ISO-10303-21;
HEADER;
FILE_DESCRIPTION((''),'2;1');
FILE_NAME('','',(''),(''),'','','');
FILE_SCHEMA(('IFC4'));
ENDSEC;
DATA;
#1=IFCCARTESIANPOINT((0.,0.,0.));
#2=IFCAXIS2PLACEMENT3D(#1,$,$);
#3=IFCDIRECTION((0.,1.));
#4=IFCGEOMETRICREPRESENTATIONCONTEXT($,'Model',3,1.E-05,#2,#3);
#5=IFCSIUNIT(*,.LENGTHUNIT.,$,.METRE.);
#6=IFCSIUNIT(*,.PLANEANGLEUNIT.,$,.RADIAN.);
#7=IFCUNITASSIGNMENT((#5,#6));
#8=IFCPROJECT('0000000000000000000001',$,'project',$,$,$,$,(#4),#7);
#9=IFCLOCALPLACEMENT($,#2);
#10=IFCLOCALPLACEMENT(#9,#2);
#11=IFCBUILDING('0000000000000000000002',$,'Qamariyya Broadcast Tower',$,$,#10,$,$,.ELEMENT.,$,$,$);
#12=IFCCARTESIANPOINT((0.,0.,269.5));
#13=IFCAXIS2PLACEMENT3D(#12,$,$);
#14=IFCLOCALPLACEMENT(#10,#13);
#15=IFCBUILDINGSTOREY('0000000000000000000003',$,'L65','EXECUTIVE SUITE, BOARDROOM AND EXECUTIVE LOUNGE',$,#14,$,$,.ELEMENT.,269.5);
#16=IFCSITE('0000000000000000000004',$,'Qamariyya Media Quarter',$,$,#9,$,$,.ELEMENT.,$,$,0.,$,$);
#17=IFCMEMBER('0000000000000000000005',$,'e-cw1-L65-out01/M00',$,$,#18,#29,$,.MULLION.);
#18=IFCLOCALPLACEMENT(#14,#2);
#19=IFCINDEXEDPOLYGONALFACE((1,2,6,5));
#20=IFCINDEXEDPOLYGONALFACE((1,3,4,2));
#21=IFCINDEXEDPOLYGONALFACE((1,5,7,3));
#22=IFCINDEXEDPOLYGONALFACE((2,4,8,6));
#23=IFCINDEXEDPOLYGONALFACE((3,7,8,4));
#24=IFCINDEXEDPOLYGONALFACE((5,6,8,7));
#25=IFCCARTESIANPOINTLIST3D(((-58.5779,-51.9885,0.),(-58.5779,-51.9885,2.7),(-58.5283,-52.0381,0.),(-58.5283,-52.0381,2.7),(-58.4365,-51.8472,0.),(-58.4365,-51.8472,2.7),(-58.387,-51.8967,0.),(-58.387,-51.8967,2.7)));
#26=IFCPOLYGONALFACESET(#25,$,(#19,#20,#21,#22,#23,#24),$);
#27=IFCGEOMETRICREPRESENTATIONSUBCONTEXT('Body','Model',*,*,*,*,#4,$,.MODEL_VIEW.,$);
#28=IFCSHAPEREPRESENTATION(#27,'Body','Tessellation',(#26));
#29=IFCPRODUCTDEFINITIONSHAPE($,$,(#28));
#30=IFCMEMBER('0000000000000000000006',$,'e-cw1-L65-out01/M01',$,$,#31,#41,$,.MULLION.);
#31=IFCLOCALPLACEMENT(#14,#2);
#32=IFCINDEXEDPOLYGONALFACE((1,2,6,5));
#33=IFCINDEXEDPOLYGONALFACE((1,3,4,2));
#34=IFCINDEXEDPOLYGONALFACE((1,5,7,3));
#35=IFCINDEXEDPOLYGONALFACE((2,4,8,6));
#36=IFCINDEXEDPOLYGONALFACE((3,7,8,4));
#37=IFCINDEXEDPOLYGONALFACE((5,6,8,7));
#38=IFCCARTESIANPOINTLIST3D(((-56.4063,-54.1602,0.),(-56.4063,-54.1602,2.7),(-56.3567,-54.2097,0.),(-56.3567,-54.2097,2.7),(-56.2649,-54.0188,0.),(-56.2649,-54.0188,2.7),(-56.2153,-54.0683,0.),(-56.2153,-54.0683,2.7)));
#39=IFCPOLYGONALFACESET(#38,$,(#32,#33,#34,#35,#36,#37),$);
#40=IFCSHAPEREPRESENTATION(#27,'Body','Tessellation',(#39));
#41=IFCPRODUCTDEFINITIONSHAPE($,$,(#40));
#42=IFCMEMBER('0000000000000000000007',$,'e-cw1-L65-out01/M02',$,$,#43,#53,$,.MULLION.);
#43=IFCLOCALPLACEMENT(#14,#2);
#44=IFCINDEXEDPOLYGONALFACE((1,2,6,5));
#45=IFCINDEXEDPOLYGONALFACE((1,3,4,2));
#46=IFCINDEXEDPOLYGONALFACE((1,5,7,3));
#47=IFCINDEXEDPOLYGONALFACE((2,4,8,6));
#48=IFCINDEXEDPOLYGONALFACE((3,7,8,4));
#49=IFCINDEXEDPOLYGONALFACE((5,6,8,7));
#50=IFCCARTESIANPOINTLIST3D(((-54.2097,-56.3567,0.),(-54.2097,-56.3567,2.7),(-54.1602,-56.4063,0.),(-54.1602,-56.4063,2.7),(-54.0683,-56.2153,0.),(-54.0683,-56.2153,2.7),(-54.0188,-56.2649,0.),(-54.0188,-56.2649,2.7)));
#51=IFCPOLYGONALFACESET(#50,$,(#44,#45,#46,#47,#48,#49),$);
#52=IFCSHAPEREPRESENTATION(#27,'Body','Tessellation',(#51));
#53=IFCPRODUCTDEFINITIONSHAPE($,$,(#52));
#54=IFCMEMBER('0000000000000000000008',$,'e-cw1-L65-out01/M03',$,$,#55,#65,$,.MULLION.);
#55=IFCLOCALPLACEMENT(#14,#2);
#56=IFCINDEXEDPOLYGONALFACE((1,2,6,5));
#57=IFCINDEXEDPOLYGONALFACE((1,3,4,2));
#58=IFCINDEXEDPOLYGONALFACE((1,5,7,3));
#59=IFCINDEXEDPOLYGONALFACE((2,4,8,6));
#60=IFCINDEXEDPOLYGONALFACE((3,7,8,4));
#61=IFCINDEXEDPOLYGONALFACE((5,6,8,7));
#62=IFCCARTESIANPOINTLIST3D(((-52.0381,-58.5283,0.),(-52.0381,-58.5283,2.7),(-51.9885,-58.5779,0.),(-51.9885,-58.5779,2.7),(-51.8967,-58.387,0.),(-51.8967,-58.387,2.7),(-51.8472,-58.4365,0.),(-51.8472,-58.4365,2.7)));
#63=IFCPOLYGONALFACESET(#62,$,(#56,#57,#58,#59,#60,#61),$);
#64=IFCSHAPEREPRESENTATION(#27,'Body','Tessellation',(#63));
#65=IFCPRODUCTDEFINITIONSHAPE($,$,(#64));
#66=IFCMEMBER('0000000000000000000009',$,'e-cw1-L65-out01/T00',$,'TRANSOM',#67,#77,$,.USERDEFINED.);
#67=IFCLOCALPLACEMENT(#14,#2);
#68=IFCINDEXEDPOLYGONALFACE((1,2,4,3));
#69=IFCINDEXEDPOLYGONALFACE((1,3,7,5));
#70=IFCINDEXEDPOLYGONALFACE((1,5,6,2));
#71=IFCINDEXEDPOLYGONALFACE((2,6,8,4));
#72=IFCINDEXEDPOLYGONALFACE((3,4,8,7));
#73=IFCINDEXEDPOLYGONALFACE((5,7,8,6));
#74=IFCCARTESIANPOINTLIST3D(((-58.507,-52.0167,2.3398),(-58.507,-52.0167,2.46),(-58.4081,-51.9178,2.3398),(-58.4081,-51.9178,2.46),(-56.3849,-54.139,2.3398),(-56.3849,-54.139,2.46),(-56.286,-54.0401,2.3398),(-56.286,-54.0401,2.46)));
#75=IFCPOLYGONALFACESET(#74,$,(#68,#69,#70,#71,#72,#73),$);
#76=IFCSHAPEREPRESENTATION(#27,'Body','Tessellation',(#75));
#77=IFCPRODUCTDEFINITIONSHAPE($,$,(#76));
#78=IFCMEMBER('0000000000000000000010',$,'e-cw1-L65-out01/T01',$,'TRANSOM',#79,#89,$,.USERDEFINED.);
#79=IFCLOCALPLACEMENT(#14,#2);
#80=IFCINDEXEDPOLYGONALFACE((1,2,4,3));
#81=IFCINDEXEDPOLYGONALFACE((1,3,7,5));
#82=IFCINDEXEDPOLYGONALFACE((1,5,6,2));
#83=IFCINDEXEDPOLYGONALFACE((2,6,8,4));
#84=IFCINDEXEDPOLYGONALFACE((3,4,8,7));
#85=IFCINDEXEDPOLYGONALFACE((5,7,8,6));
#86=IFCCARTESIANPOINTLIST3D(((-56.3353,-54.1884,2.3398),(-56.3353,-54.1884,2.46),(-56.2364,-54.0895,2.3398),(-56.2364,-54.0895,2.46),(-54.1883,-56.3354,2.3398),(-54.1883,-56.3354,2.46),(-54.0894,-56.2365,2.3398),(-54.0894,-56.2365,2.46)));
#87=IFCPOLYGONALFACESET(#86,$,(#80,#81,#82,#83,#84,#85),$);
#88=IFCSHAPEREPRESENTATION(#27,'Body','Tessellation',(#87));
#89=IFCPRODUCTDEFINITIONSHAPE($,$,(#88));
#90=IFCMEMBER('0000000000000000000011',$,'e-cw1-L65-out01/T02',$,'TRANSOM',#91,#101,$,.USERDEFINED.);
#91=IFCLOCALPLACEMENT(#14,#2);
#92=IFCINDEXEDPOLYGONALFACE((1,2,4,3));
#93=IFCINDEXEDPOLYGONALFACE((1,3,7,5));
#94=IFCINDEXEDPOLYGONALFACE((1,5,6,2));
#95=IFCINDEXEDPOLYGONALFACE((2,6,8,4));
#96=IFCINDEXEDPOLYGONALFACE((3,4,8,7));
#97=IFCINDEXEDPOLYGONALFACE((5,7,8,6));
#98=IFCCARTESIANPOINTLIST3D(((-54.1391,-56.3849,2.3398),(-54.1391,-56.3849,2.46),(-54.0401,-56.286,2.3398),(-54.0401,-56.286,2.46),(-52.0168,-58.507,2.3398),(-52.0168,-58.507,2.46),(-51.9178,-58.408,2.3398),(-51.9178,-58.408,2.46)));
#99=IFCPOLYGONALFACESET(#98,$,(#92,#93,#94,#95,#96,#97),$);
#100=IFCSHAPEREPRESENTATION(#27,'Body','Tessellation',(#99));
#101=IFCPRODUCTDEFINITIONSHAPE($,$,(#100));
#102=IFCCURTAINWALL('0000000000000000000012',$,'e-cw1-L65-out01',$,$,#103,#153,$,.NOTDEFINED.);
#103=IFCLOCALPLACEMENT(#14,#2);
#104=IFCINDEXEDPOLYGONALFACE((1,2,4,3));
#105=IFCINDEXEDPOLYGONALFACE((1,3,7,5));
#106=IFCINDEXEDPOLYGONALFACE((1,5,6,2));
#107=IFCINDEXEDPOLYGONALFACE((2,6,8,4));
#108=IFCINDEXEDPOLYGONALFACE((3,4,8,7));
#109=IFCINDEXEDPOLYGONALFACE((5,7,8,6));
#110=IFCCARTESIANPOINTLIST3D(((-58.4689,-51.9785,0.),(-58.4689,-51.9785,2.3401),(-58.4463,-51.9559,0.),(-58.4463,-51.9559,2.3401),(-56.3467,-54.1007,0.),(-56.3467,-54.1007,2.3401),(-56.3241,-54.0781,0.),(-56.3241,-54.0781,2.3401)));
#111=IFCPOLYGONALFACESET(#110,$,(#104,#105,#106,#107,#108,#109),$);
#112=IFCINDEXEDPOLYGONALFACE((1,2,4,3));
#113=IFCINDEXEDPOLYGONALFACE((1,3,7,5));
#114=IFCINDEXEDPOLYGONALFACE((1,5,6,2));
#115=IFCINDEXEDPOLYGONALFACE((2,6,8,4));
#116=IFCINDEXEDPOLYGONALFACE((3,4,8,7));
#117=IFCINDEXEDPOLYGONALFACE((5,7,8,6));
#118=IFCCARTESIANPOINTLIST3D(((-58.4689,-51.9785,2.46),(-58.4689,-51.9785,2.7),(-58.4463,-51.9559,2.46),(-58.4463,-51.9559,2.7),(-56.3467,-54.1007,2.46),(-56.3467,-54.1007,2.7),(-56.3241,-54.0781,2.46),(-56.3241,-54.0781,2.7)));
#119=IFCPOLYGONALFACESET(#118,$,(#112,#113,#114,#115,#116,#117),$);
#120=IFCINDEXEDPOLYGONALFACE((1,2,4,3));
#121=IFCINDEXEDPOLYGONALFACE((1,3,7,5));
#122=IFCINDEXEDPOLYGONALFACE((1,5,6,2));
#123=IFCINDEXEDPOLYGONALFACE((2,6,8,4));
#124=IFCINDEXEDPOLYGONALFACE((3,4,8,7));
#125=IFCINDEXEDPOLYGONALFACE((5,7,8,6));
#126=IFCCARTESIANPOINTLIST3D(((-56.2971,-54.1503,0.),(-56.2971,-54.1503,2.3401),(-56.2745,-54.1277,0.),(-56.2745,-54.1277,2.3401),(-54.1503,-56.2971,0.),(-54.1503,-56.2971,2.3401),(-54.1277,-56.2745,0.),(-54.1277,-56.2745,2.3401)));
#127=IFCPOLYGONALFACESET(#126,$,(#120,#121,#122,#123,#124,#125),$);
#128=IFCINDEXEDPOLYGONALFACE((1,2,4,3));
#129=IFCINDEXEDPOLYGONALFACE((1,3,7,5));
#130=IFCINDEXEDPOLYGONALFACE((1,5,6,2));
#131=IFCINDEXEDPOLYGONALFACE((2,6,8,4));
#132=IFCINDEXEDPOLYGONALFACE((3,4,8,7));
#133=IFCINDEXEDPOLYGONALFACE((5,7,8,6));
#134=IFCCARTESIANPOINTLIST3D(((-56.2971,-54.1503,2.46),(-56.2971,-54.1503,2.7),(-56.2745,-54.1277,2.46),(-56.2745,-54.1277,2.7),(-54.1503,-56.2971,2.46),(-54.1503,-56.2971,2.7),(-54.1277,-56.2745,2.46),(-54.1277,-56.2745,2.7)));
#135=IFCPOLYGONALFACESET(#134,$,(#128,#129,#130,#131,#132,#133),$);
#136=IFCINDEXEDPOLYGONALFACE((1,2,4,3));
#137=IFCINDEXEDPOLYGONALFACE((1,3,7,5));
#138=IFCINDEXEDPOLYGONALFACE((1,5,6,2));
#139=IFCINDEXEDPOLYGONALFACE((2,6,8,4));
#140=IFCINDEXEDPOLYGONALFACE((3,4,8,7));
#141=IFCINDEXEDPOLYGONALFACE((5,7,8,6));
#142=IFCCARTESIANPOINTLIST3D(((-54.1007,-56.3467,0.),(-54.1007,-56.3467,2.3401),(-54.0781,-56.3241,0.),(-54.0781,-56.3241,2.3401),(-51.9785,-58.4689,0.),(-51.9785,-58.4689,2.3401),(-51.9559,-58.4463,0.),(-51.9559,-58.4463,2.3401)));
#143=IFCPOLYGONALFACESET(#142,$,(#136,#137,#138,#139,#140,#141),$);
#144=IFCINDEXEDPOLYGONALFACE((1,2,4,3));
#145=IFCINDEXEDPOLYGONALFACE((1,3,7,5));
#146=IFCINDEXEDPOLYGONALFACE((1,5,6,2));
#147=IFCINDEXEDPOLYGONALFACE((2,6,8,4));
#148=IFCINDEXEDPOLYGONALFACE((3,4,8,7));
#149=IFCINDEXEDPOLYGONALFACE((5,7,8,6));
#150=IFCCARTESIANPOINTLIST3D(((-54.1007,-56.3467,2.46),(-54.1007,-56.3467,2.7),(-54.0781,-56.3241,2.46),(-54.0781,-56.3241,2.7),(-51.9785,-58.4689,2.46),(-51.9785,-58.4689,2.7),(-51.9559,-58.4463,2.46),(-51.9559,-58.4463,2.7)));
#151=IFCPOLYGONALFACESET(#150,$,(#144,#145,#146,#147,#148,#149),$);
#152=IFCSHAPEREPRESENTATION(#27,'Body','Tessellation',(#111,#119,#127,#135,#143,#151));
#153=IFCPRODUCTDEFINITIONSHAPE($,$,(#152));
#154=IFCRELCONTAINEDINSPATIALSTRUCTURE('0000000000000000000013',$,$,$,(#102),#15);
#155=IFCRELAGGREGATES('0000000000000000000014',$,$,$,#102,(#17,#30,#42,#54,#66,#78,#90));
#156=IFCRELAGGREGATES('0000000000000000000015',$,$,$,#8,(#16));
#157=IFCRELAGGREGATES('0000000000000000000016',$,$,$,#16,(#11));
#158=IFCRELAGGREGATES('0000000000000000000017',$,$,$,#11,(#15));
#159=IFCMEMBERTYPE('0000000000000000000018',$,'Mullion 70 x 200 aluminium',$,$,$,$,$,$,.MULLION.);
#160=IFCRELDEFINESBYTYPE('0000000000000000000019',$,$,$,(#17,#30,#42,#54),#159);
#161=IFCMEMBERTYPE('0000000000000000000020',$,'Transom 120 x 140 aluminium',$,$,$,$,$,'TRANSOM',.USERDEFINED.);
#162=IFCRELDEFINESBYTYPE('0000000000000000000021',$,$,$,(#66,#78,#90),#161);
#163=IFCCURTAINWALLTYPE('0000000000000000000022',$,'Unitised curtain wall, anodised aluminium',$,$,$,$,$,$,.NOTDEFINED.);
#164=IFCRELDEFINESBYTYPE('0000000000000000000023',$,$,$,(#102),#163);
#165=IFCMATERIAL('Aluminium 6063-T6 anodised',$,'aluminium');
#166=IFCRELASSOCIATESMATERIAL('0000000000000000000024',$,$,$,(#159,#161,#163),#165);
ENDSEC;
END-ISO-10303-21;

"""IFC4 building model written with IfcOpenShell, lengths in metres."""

from ifc_helpers import new_model, si_unit, direction, frame, origin, origin_2d, place, context, subcontext, project, spatial, rectangle, extrude, material, material_profile, profile_set, type_object, element, aggregate, save


model = new_model("IFC4")

# Units and contexts
model_context = context("Model", 3, precision=1e-05, world=origin(), true_north=direction((0.0, 1.0)))
body_context = subcontext(model_context, "Body", "Model", "MODEL_VIEW")
ifc_project = project(units=[si_unit("LENGTHUNIT", "METRE"), si_unit("PLANEANGLEUNIT", "RADIAN")], contexts=[model_context])

# Members
ifc_material_1 = material(Name="Aluminium 6063-T6 anodised", Category="aluminium")
ifc_material_profile_1 = material_profile(ifc_material_1, rectangle(XDim=0.2, YDim=0.0701, at=origin_2d()))
ifc_profile_set_1 = profile_set([ifc_material_profile_1], Name="Aluminium 6063-T6 anodised")
member_type_1 = type_object("IfcMemberType", Name="Mullion 70 x 200 aluminium", PredefinedType="MULLION", material=ifc_profile_set_1)
site_placement = place(None, origin())
building_placement = place(site_placement, origin())
storey_placement = place(building_placement, frame((0.0, 0.0, 269.5)))
member_1_placement = place(storey_placement, frame((-58.4824, -51.9426, 0.0), z_axis=(0.0, 0.0, 1.0), x_axis=(0.707107, 0.707107, 0.0)))
member_1 = element("IfcMember", 1, at=member_1_placement, type_object=member_type_1, Name="e-cw1-L65-out01/M00", PredefinedType="MULLION", context=body_context, shape_type="SweptSolid", body=[
    extrude(rectangle(XDim=0.2, YDim=0.0701, at=origin_2d()), origin(), (0.0, 0.0, 1.0), 2.7),
])
member_2_placement = place(storey_placement, frame((-56.3108, -54.1143, 0.0), z_axis=(0.0, 0.0, 1.0), x_axis=(0.707107, 0.707107, 0.0)))
member_2 = element("IfcMember", 2, at=member_2_placement, type_object=member_type_1, Name="e-cw1-L65-out01/M01", PredefinedType="MULLION", context=body_context, shape_type="SweptSolid", body=[
    extrude(rectangle(XDim=0.2, YDim=0.0701, at=origin_2d()), origin(), (0.0, 0.0, 1.0), 2.7),
])
member_3_placement = place(storey_placement, frame((-54.1143, -56.3108, 0.0), z_axis=(0.0, 0.0, 1.0), x_axis=(0.707107, 0.707107, 0.0)))
member_3 = element("IfcMember", 3, at=member_3_placement, type_object=member_type_1, Name="e-cw1-L65-out01/M02", PredefinedType="MULLION", context=body_context, shape_type="SweptSolid", body=[
    extrude(rectangle(XDim=0.2, YDim=0.0701, at=origin_2d()), origin(), (0.0, 0.0, 1.0), 2.7),
])
member_4_placement = place(storey_placement, frame((-51.9426, -58.4824, 0.0), z_axis=(0.0, 0.0, 1.0), x_axis=(0.707107, 0.707107, 0.0)))
member_4 = element("IfcMember", 4, at=member_4_placement, type_object=member_type_1, Name="e-cw1-L65-out01/M03", PredefinedType="MULLION", context=body_context, shape_type="SweptSolid", body=[
    extrude(rectangle(XDim=0.2, YDim=0.0701, at=origin_2d()), origin(), (0.0, 0.0, 1.0), 2.7),
])
ifc_material_profile_2 = material_profile(ifc_material_1, rectangle(XDim=0.1399, YDim=0.1201, at=origin_2d()))
ifc_profile_set_2 = profile_set([ifc_material_profile_2], Name="Aluminium 6063-T6 anodised")
member_type_2 = type_object("IfcMemberType", Name="Transom 120 x 140 aluminium", ElementType="TRANSOM", PredefinedType="USERDEFINED", material=ifc_profile_set_2)
member_5_placement = place(storey_placement, frame((-58.4575, -51.9673, 2.3999), z_axis=(0.707066, -0.707147, 0.0), x_axis=(0.707147, 0.707066, 0.0)))
member_5 = element("IfcMember", 5, at=member_5_placement, type_object=member_type_2, Name="e-cw1-L65-out01/T00", ObjectType="TRANSOM", PredefinedType="USERDEFINED", context=body_context, shape_type="SweptSolid", body=[
    extrude(rectangle(XDim=0.1399, YDim=0.1201, at=origin_2d()), origin(), (0.0, 0.0, 1.0), 3.0012),
])
member_6_placement = place(storey_placement, frame((-56.2859, -54.1389, 2.3999), z_axis=(0.707107, -0.707107, 0.0), x_axis=(0.707107, 0.707107, 0.0)))
member_6 = element("IfcMember", 6, at=member_6_placement, type_object=member_type_2, Name="e-cw1-L65-out01/T01", ObjectType="TRANSOM", PredefinedType="USERDEFINED", context=body_context, shape_type="SweptSolid", body=[
    extrude(rectangle(XDim=0.1399, YDim=0.1201, at=origin_2d()), origin(), (0.0, 0.0, 1.0), 3.0364),
])
member_7_placement = place(storey_placement, frame((-54.0896, -56.3354, 2.3999), z_axis=(0.707147, -0.707066, 0.0), x_axis=(0.707066, 0.707147, 0.0)))
member_7 = element("IfcMember", 7, at=member_7_placement, type_object=member_type_2, Name="e-cw1-L65-out01/T02", ObjectType="TRANSOM", PredefinedType="USERDEFINED", context=body_context, shape_type="SweptSolid", body=[
    extrude(rectangle(XDim=0.1399, YDim=0.1201, at=origin_2d()), origin(), (0.0, 0.0, 1.0), 3.0012),
])

# Site, building, storey
site = spatial("IfcSite", under=ifc_project, at=site_placement, Name="Qamariyya Media Quarter", CompositionType="ELEMENT", RefElevation=0.0)
building = spatial("IfcBuilding", under=site, at=building_placement, Name="Qamariyya Broadcast Tower", CompositionType="ELEMENT")
storey = spatial("IfcBuildingStorey", under=building, at=storey_placement, Name="L65", Description="EXECUTIVE SUITE, BOARDROOM AND EXECUTIVE LOUNGE", CompositionType="ELEMENT", Elevation=269.5)

# Curtain wall
curtain_wall_type = type_object("IfcCurtainWallType", Name="Unitised curtain wall, anodised aluminium", PredefinedType="NOTDEFINED", material=ifc_material_1)
curtain_wall_1_placement = place(storey_placement, origin())
curtain_wall_1 = element("IfcCurtainWall", 8, at=curtain_wall_1_placement, inside=storey, type_object=curtain_wall_type, Name="e-cw1-L65-out01", PredefinedType="NOTDEFINED", context=body_context, shape_type="SweptSolid", body=[
    extrude(rectangle(XDim=3.0012, YDim=0.032, at=origin_2d()), frame((-57.3965, -53.0283, 0.0), x_axis=(0.707107, -0.707107, 0.0)), (0.0, 0.0, 1.0), 2.3401),
    extrude(rectangle(XDim=3.0012, YDim=0.032, at=origin_2d()), frame((-57.3965, -53.0283, 2.46), x_axis=(0.707107, -0.707107, 0.0)), (0.0, 0.0, 1.0), 0.24),
    extrude(rectangle(XDim=3.0361, YDim=0.032, at=origin_2d()), frame((-55.2124, -55.2124, 0.0), x_axis=(0.707107, -0.707107, 0.0)), (0.0, 0.0, 1.0), 2.3401),
    extrude(rectangle(XDim=3.0361, YDim=0.032, at=origin_2d()), frame((-55.2124, -55.2124, 2.46), x_axis=(0.707107, -0.707107, 0.0)), (0.0, 0.0, 1.0), 0.24),
    extrude(rectangle(XDim=3.0012, YDim=0.032, at=origin_2d()), frame((-53.0283, -57.3965, 0.0), x_axis=(0.707107, -0.707107, 0.0)), (0.0, 0.0, 1.0), 2.3401),
    extrude(rectangle(XDim=3.0012, YDim=0.032, at=origin_2d()), frame((-53.0283, -57.3965, 2.46), x_axis=(0.707107, -0.707107, 0.0)), (0.0, 0.0, 1.0), 0.24),
])
aggregate(curtain_wall_1, [member_1, member_2, member_3, member_4, member_5, member_6, member_7])

save(model, "model.ifc")
